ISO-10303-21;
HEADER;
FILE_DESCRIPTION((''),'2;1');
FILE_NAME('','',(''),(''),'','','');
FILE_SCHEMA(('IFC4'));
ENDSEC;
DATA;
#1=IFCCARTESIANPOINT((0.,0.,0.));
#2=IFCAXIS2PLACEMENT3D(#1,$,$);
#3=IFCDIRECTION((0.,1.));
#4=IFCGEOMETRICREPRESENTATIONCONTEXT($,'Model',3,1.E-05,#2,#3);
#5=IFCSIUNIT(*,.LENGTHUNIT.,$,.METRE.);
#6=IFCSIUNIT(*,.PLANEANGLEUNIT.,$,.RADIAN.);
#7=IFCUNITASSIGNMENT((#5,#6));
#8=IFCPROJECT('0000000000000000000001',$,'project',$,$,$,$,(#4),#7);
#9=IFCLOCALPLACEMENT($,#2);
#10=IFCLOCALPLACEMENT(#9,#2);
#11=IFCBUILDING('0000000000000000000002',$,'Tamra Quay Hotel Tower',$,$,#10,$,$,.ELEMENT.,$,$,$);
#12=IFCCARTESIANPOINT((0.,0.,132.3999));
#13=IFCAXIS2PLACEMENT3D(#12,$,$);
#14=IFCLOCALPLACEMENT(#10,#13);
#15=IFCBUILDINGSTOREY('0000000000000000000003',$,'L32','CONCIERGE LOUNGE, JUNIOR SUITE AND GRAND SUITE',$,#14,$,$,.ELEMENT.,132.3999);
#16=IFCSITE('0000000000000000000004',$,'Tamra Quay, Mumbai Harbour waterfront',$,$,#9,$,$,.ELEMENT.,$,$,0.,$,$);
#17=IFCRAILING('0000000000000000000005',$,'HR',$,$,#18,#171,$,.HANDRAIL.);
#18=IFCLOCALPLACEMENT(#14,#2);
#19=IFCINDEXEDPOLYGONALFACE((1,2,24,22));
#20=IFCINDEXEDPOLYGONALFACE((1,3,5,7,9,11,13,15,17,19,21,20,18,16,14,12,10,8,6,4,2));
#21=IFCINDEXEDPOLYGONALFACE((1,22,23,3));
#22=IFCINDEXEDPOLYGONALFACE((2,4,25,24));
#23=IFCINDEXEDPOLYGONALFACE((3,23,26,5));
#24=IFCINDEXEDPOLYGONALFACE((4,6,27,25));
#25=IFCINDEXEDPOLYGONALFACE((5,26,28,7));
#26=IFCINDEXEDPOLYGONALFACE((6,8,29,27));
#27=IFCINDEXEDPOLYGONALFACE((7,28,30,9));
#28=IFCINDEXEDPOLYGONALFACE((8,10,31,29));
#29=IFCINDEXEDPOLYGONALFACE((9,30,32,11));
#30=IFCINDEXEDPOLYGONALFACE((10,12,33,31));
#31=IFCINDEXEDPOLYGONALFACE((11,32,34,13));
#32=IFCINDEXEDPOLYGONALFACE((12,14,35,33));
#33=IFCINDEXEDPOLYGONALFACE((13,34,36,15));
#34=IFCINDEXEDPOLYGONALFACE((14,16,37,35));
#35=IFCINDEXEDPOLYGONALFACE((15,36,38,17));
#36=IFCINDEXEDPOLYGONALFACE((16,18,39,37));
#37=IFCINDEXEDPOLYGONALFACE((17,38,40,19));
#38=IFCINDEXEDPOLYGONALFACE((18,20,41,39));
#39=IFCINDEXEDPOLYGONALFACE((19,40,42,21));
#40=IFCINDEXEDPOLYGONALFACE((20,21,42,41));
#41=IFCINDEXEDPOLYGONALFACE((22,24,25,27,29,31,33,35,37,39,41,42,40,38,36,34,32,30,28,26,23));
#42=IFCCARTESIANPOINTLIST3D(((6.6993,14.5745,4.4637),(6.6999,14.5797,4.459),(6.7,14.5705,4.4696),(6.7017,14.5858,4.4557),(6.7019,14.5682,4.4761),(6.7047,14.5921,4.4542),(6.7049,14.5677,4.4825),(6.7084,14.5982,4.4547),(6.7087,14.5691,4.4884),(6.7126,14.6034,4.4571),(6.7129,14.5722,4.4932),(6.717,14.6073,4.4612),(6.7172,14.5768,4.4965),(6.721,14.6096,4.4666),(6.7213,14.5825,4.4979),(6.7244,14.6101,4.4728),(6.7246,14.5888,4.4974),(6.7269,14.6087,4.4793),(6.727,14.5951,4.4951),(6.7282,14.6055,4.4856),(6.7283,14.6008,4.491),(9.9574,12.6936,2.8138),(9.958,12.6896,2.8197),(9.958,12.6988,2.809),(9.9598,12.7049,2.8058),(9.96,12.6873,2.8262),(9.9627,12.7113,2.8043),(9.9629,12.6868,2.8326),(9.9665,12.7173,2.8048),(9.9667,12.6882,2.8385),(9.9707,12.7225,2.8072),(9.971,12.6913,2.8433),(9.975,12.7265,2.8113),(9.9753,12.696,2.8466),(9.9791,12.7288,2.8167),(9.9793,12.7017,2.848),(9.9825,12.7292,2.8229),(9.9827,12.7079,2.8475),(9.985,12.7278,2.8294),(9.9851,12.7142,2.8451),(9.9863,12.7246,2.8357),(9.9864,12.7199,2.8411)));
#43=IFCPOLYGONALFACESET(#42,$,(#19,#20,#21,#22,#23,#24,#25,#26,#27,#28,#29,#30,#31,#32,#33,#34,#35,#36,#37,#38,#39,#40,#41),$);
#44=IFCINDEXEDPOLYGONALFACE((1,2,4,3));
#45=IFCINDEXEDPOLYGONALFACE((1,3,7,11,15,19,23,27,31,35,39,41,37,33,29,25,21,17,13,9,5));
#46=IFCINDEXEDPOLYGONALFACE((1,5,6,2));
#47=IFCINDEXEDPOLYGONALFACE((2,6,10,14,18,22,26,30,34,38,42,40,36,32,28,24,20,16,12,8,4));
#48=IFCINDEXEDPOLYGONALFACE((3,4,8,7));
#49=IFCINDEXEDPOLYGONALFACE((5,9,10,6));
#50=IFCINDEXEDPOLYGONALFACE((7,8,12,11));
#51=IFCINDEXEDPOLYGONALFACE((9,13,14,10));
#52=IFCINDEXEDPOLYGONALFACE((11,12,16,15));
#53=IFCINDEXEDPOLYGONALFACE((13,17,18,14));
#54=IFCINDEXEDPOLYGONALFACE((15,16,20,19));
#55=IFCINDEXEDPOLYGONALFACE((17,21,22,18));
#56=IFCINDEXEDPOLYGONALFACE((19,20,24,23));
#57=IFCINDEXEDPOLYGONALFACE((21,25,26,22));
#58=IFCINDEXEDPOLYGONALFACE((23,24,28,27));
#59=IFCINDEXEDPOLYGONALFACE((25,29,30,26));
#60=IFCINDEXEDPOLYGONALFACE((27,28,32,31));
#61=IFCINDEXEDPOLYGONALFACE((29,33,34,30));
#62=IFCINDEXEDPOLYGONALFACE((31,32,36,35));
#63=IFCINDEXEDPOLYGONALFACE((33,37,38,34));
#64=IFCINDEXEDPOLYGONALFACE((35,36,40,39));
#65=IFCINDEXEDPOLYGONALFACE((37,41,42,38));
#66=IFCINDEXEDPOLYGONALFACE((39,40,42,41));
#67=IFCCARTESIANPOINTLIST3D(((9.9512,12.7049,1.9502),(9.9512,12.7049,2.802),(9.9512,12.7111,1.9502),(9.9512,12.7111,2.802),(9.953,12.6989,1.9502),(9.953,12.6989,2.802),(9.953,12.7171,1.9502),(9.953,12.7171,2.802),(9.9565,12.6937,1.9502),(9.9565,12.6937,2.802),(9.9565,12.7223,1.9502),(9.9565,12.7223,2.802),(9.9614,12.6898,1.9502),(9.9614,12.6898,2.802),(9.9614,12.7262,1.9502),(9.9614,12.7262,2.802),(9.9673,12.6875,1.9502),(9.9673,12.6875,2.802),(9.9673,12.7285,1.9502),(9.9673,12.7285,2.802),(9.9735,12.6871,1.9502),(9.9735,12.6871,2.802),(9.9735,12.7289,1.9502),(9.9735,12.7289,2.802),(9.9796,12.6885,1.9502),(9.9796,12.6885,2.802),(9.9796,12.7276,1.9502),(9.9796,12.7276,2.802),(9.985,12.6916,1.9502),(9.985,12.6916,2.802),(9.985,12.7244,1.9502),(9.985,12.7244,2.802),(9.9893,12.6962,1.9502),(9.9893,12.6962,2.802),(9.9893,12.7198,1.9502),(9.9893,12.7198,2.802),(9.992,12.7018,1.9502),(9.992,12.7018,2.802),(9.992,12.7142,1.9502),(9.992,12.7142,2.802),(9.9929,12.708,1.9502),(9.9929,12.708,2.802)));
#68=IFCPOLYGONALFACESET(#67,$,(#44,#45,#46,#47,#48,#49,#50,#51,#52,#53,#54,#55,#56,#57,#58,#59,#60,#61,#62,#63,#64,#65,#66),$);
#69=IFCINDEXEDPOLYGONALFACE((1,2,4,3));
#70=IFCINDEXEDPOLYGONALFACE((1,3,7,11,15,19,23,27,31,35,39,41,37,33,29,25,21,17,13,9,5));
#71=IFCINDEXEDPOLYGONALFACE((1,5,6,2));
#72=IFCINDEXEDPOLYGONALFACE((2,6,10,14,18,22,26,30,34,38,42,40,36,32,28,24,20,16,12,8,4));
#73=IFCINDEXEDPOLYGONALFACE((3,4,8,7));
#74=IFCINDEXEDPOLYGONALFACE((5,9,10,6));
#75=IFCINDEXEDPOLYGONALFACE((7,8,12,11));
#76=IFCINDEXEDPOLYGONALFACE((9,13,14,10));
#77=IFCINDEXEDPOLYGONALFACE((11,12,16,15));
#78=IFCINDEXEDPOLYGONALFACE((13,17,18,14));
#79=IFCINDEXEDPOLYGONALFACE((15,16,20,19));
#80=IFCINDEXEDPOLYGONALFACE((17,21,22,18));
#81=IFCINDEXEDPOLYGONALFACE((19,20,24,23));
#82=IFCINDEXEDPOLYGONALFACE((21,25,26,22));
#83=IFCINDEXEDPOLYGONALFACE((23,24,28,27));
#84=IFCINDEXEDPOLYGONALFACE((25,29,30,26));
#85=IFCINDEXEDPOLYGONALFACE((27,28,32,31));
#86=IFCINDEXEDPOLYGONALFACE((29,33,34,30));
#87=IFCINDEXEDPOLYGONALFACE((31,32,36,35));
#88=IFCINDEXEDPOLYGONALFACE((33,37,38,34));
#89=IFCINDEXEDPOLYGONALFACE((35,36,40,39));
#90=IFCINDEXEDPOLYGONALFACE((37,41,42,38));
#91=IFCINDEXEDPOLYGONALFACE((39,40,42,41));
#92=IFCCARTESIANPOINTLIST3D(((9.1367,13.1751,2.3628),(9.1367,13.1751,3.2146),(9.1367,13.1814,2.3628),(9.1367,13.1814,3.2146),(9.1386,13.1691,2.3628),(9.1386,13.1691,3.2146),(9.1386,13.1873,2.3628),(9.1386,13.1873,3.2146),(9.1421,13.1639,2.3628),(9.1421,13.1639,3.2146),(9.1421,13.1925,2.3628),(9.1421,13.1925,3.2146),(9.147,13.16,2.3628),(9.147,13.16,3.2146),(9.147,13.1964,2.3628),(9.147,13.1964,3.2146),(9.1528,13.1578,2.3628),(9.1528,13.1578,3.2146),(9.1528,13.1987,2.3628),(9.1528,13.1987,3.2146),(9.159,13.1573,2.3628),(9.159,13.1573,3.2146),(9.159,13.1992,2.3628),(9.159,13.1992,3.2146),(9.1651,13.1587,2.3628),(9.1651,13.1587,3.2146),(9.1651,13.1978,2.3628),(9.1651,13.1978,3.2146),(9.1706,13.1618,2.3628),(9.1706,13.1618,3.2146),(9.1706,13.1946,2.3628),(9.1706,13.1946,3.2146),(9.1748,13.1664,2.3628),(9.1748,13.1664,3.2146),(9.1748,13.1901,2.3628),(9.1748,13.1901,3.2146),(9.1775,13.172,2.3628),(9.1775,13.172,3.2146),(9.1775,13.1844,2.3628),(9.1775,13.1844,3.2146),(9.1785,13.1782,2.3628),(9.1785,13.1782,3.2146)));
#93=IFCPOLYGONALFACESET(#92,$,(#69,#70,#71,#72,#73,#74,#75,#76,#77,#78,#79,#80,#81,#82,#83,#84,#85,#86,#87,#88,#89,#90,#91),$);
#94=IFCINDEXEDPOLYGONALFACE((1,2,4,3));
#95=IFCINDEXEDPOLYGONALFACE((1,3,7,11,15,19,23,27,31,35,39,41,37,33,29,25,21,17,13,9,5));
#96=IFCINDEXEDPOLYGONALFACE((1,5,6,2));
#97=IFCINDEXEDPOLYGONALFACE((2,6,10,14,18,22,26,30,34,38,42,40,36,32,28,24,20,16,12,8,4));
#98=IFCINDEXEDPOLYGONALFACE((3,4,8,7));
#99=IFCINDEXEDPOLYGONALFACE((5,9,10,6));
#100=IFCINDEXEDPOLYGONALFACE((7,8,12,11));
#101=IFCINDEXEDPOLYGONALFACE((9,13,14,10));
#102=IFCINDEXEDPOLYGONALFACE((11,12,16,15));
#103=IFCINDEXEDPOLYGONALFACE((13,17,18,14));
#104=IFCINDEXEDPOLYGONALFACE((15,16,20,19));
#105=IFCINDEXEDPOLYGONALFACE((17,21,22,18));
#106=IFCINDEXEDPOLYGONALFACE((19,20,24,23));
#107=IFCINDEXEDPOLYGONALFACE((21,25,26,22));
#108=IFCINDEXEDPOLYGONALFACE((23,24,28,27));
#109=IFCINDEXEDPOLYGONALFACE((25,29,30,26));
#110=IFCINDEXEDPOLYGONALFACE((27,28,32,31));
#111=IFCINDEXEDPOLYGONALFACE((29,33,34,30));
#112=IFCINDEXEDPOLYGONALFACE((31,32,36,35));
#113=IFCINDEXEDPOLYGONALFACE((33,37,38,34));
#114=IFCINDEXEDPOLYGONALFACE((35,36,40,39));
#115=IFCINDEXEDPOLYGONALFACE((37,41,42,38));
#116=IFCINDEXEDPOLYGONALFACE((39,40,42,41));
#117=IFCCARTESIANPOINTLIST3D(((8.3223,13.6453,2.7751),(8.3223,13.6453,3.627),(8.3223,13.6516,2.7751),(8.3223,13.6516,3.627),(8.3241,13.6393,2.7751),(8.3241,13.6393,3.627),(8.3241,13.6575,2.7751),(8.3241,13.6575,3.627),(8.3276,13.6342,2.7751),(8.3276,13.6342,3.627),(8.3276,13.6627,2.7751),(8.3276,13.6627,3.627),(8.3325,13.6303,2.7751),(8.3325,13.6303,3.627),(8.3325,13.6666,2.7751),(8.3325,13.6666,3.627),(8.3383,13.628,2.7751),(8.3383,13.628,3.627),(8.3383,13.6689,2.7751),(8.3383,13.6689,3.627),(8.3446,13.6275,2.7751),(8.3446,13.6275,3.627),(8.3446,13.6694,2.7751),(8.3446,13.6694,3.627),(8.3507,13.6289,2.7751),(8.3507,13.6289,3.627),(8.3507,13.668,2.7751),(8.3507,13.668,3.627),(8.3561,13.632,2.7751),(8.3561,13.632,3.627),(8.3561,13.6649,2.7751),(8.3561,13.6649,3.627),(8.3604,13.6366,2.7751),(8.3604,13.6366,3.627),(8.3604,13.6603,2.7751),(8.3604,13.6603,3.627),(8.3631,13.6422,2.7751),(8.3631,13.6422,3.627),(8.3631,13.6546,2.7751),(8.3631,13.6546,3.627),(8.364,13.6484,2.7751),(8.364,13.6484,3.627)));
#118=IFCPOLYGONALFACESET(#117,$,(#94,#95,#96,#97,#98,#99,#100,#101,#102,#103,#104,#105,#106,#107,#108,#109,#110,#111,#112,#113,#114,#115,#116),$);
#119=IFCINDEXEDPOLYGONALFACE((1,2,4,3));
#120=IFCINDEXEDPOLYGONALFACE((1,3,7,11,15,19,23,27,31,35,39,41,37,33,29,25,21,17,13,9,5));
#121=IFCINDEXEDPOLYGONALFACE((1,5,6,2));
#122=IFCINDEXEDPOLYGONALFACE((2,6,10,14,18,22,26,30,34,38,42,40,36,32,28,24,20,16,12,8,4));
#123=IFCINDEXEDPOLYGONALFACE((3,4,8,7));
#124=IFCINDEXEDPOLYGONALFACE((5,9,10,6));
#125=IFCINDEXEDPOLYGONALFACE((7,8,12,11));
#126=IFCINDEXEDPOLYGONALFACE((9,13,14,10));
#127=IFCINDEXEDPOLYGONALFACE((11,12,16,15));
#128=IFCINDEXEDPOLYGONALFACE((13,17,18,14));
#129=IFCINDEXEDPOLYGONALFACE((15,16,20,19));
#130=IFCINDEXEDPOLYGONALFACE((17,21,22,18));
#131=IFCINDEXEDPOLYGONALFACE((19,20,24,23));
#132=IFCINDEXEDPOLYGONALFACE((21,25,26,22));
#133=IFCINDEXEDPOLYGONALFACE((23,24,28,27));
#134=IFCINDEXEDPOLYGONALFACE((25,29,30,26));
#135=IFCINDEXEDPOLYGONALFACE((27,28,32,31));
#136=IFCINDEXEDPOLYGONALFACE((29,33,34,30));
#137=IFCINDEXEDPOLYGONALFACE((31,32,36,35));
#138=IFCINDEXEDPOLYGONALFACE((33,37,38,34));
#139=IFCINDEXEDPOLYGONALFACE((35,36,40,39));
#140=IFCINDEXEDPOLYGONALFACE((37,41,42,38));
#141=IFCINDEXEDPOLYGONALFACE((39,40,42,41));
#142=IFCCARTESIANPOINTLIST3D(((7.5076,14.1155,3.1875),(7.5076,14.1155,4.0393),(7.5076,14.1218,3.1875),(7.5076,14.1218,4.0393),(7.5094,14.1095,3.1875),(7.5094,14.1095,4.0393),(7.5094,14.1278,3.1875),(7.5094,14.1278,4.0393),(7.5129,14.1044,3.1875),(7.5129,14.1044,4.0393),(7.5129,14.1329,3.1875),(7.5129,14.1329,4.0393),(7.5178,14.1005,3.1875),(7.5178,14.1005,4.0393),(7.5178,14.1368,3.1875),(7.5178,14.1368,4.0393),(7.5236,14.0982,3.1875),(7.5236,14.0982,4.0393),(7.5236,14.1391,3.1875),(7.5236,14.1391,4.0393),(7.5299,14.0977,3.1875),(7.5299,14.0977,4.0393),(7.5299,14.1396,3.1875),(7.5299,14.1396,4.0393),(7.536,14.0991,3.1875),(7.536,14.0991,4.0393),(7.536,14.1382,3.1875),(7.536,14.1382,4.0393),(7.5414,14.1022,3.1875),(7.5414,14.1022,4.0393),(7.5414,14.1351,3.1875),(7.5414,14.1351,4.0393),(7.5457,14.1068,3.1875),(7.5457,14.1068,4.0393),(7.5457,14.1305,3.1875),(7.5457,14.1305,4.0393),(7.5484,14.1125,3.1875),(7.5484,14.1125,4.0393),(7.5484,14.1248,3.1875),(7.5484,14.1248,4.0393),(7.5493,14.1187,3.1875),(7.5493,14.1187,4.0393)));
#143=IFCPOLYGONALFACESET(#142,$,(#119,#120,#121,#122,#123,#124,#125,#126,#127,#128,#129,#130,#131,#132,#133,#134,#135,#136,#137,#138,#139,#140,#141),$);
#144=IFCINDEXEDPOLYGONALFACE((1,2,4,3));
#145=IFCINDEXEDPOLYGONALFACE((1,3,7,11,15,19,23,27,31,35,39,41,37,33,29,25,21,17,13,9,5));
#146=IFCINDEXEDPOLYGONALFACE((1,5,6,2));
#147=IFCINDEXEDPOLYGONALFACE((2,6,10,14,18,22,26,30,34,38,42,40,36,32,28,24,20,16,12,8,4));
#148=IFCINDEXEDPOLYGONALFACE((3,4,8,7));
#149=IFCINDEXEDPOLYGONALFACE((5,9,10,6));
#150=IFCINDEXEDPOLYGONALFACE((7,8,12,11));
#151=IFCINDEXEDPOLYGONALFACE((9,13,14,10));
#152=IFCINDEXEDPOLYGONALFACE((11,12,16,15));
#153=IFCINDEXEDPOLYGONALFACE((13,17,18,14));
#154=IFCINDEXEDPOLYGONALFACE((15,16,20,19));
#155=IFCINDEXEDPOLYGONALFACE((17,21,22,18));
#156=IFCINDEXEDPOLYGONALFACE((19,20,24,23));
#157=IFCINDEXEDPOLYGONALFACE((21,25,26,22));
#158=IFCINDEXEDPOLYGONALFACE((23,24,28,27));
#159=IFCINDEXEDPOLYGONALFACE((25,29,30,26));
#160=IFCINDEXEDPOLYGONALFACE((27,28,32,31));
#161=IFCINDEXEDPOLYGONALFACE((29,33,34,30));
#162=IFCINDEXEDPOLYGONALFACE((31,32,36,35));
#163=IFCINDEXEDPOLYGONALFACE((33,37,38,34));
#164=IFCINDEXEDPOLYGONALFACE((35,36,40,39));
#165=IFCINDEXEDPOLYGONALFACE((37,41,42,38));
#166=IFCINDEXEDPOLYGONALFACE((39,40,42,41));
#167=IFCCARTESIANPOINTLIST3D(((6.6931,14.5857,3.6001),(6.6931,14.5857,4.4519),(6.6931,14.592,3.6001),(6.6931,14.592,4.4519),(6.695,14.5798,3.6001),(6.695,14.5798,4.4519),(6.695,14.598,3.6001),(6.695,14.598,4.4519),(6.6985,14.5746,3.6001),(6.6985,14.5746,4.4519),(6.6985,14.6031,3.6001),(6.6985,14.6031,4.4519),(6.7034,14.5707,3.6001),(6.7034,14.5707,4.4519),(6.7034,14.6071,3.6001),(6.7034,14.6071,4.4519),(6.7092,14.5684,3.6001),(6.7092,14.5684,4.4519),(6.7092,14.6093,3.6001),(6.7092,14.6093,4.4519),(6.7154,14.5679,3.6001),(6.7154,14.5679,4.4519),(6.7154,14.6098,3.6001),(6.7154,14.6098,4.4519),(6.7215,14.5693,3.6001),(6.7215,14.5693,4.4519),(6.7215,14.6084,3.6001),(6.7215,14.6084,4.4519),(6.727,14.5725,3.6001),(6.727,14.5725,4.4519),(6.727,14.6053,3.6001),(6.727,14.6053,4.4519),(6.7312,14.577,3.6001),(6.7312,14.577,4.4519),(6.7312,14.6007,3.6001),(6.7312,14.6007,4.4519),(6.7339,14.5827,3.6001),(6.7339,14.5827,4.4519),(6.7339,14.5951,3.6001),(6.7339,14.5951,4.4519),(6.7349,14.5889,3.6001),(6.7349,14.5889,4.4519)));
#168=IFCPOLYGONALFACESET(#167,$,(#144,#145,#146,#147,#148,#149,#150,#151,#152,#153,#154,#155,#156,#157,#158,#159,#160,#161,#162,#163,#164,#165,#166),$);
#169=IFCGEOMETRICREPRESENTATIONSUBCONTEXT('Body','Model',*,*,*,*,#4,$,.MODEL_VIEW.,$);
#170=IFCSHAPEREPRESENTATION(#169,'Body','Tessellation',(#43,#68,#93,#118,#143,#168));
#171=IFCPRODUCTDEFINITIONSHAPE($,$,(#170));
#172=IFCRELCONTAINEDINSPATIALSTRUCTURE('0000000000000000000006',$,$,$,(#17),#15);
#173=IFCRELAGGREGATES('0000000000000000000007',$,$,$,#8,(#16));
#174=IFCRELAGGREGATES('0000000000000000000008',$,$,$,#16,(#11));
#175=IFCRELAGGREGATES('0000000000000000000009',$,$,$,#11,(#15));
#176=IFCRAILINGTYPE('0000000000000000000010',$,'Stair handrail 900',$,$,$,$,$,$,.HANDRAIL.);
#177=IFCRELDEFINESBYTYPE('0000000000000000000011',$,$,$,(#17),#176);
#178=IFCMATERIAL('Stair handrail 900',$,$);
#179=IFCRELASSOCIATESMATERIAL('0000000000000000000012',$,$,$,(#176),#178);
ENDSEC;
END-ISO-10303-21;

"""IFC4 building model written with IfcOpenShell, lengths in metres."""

from ifc_helpers import new_model, si_unit, direction, frame, origin, origin_2d, place, context, subcontext, project, spatial, circle, extrude, material, type_object, element, save


model = new_model("IFC4")

# Units and contexts
model_context = context("Model", 3, precision=1e-05, world=origin(), true_north=direction((0.0, 1.0)))
body_context = subcontext(model_context, "Body", "Model", "MODEL_VIEW")
ifc_project = project(units=[si_unit("LENGTHUNIT", "METRE"), si_unit("PLANEANGLEUNIT", "RADIAN")], contexts=[model_context])

# Site, building, storey
site_placement = place(None, origin())
site = spatial("IfcSite", under=ifc_project, at=site_placement, Name="Tamra Quay, Mumbai Harbour waterfront", CompositionType="ELEMENT", RefElevation=0.0)
building_placement = place(site_placement, origin())
building = spatial("IfcBuilding", under=site, at=building_placement, Name="Tamra Quay Hotel Tower", CompositionType="ELEMENT")
storey_placement = place(building_placement, frame((0.0, 0.0, 132.3999)))
storey = spatial("IfcBuildingStorey", under=building, at=storey_placement, Name="L32", Description="CONCIERGE LOUNGE, JUNIOR SUITE AND GRAND SUITE", CompositionType="ELEMENT", Elevation=132.3999)

# Railing
ifc_material_1 = material(Name="Stair handrail 900")
railing_type_1 = type_object("IfcRailingType", Name="Stair handrail 900", PredefinedType="HANDRAIL", material=ifc_material_1)
railing_1_placement = place(storey_placement, frame((9.9719, 12.708, 1.9502)))
element("IfcRailing", 1, at=railing_1_placement, inside=storey, type_object=railing_type_1, Name="HR", PredefinedType="HANDRAIL", context=body_context, shape_type="SweptSolid", body=[
    extrude(circle(Radius=0.0239, at=origin_2d()), frame((0.0, 0.0, 0.876), z_axis=(-0.793122, 0.457865, 0.401642), x_axis=(-0.499964, -0.866046, 0.0)), (0.0, 0.0, 1.0), 4.1079),
    extrude(circle(Radius=0.021, at=origin_2d()), origin(), (0.0, 0.0, 1.0), 0.8518),
    extrude(circle(Radius=0.021, at=origin_2d()), frame((-0.8145, 0.4702, 0.4126)), (0.0, 0.0, 1.0), 0.8518),
    extrude(circle(Radius=0.021, at=origin_2d()), frame((-1.6289, 0.9404, 0.825)), (0.0, 0.0, 1.0), 0.8518),
    extrude(circle(Radius=0.021, at=origin_2d()), frame((-2.4436, 1.4106, 1.2373)), (0.0, 0.0, 1.0), 0.8518),
    extrude(circle(Radius=0.021, at=origin_2d()), frame((-3.2581, 1.8809, 1.6499)), (0.0, 0.0, 1.0), 0.8518),
])

save(model, "model.ifc")
